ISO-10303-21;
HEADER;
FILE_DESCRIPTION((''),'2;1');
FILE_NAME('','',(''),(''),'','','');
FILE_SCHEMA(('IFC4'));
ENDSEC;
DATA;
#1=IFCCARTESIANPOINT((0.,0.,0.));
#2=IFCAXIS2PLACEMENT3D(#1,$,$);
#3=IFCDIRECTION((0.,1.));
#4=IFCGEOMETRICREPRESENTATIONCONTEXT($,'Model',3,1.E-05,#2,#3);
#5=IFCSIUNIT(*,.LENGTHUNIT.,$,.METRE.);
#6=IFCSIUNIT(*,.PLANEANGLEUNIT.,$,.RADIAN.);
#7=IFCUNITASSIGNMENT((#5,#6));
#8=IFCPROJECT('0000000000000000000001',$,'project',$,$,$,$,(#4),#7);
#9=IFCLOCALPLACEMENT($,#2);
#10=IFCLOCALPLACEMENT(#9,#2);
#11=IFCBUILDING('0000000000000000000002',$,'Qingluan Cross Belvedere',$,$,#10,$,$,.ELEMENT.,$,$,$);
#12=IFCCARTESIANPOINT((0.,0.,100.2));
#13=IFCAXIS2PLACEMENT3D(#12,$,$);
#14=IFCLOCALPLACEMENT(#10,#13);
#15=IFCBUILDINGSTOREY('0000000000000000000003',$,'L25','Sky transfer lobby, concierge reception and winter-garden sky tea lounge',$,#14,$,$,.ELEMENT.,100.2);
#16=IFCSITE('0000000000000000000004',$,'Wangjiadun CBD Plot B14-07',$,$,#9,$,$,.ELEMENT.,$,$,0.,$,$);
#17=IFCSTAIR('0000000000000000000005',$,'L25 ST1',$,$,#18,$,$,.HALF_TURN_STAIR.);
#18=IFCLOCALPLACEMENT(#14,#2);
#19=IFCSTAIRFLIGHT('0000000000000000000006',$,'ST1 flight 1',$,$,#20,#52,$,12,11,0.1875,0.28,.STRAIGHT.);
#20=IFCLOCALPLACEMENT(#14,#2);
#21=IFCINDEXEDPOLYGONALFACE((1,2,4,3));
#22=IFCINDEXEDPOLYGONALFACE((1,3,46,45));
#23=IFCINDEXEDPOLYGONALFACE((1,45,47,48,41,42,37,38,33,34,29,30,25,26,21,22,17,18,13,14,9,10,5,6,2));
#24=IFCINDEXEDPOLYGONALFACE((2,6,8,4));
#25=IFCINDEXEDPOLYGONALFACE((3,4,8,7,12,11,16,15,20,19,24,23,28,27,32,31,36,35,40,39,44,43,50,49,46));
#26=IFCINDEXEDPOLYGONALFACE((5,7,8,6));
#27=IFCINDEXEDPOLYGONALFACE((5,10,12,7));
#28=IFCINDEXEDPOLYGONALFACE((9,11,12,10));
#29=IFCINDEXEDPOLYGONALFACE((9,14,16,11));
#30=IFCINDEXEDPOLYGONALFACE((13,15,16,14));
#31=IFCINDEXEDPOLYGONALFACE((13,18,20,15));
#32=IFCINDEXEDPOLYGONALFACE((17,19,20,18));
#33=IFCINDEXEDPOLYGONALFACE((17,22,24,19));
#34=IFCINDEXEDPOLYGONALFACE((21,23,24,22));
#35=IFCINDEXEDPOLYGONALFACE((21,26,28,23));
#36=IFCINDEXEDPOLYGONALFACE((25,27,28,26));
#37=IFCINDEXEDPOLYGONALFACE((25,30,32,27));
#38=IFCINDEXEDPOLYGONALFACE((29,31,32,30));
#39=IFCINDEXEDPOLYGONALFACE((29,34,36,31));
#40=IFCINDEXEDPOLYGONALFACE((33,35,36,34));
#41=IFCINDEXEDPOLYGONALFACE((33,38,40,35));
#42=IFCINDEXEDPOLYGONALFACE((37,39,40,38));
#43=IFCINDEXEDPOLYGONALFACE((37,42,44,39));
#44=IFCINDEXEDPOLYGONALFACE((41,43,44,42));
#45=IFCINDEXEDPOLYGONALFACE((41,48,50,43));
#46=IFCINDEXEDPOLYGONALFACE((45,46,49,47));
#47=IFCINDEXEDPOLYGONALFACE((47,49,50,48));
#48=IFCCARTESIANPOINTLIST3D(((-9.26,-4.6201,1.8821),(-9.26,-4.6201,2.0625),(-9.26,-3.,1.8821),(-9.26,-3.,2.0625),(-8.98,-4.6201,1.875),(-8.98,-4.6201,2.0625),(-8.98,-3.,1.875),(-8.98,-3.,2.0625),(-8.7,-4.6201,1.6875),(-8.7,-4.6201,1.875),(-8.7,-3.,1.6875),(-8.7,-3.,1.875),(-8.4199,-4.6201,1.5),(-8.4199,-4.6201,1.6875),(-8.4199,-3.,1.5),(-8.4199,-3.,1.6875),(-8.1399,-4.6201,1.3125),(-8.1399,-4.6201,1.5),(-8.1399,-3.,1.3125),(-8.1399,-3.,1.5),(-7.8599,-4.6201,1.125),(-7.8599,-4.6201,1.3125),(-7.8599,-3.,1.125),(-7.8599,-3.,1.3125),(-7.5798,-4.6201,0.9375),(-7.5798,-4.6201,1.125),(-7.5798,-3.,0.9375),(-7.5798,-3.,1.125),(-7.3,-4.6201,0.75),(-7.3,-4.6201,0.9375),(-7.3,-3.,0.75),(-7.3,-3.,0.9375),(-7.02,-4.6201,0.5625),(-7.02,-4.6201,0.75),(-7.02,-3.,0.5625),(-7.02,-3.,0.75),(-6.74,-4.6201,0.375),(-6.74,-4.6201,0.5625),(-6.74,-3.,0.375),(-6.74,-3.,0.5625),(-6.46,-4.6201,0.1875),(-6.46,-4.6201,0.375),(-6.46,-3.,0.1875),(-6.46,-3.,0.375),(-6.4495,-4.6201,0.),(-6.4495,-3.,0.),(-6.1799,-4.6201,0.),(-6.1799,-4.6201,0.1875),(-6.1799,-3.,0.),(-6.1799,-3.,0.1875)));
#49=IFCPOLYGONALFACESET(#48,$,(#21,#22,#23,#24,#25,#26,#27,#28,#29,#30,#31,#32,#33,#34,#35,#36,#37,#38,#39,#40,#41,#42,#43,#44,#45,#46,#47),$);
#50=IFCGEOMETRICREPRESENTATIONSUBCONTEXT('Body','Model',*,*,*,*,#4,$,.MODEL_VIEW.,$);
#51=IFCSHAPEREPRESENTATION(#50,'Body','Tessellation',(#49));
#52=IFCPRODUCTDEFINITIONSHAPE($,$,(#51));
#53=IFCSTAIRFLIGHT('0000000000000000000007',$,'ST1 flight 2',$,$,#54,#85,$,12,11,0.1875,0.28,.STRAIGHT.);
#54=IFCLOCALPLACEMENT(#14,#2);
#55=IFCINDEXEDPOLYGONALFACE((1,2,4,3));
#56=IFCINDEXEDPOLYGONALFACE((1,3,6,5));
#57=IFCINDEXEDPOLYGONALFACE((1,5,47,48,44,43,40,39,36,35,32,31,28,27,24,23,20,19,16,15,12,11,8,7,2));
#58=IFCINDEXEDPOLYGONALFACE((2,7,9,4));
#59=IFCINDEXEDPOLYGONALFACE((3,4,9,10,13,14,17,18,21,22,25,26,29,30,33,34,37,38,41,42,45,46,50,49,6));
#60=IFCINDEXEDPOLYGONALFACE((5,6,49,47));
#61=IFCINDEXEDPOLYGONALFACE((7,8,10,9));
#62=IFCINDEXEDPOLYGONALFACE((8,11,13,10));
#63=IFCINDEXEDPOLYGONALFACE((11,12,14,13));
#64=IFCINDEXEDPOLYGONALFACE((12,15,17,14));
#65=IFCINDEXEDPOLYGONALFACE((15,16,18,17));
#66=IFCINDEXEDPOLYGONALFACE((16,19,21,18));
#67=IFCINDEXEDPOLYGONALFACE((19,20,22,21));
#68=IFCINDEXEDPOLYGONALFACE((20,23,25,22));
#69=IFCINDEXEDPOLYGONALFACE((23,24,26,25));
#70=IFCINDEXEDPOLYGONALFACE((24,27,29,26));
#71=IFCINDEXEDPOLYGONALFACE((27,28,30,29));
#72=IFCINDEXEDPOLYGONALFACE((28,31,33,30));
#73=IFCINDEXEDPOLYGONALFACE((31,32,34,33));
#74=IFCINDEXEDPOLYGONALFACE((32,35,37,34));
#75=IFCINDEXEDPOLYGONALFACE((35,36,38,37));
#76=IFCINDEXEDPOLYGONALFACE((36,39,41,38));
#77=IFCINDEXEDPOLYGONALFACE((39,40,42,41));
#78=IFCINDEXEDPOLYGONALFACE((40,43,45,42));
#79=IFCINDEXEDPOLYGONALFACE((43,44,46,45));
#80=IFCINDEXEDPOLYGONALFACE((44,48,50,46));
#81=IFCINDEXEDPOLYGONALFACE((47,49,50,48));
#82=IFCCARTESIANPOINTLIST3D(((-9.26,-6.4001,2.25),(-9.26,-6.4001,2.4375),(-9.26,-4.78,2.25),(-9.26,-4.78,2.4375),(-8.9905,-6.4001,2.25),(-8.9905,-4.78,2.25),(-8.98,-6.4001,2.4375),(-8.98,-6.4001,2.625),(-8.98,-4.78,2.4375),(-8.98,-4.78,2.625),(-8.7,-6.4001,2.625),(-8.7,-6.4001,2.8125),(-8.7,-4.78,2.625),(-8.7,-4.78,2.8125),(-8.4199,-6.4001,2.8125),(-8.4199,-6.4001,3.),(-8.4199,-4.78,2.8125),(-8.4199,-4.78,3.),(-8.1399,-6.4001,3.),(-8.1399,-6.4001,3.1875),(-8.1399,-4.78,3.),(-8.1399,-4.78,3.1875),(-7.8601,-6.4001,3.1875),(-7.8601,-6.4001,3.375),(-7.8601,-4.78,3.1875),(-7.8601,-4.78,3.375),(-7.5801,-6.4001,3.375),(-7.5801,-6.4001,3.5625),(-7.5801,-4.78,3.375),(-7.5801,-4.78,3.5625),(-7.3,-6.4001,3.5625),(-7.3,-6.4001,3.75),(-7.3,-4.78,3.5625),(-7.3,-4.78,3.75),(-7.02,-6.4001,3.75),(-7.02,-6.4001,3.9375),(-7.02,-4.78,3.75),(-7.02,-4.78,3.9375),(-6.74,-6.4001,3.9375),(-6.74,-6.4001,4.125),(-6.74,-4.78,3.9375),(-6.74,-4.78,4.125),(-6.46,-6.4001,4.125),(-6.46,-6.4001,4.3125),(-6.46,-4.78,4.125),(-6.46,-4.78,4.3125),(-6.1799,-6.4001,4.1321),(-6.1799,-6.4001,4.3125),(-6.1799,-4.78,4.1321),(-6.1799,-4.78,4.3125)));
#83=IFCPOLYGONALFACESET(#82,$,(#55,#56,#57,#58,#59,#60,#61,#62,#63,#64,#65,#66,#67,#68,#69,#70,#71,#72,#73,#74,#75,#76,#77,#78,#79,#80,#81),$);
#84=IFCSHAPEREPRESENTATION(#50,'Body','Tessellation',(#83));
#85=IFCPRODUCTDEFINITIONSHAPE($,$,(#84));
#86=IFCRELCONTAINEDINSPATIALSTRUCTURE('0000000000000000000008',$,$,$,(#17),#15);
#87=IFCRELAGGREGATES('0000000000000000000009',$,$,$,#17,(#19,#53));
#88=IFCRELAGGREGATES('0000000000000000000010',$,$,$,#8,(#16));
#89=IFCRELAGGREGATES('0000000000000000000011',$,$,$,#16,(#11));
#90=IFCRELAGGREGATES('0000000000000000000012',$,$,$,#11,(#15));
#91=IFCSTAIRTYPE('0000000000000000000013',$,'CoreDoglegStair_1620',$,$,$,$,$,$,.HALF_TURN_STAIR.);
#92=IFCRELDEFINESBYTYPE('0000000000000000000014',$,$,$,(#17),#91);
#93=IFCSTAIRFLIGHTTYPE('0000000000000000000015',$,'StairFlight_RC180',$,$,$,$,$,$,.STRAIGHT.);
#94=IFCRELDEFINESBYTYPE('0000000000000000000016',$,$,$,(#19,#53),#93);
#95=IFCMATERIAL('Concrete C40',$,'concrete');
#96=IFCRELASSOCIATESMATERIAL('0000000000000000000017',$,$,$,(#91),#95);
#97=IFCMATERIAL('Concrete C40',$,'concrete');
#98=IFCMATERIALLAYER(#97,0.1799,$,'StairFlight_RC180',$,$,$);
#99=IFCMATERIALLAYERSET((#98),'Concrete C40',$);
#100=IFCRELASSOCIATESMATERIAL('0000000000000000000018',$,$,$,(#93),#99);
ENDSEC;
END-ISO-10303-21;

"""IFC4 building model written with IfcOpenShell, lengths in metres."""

from ifc_helpers import new_model, si_unit, direction, frame, origin, place, context, subcontext, project, spatial, polyline, outline, extrude, material, layer, layer_set, type_object, element, aggregate, save


model = new_model("IFC4")

# Units and contexts
model_context = context("Model", 3, precision=1e-05, world=origin(), true_north=direction((0.0, 1.0)))
body_context = subcontext(model_context, "Body", "Model", "MODEL_VIEW")
ifc_project = project(units=[si_unit("LENGTHUNIT", "METRE"), si_unit("PLANEANGLEUNIT", "RADIAN")], contexts=[model_context])

# Site, building, storey
site_placement = place(None, origin())
site = spatial("IfcSite", under=ifc_project, at=site_placement, Name="Wangjiadun CBD Plot B14-07", CompositionType="ELEMENT", RefElevation=0.0)
building_placement = place(site_placement, origin())
building = spatial("IfcBuilding", under=site, at=building_placement, Name="Qingluan Cross Belvedere", CompositionType="ELEMENT")
storey_placement = place(building_placement, frame((0.0, 0.0, 100.2)))
storey = spatial("IfcBuildingStorey", under=building, at=storey_placement, Name="L25", Description="Sky transfer lobby, concierge reception and winter-garden sky tea lounge", CompositionType="ELEMENT", Elevation=100.2)

# Stair, stair flights
ifc_material_1 = material(Name="Concrete C40", Category="concrete")
stair_type = type_object("IfcStairType", Name="CoreDoglegStair_1620", PredefinedType="HALF_TURN_STAIR", material=ifc_material_1)
stair_placement = place(storey_placement, origin())
stair = element("IfcStair", 1, at=stair_placement, inside=storey, type_object=stair_type, Name="L25 ST1", PredefinedType="HALF_TURN_STAIR")
ifc_material_2 = material(Name="Concrete C40", Category="concrete")
ifc_layer_1 = layer(ifc_material_2, 0.1799, Name="StairFlight_RC180")
ifc_layer_set_1 = layer_set([ifc_layer_1], Name="Concrete C40")
stair_flight_type = type_object("IfcStairFlightType", Name="StairFlight_RC180", PredefinedType="STRAIGHT", material=ifc_layer_set_1)
stair_flight_1_placement = place(storey_placement, frame((-6.1799, -3.8101, 0.0), z_axis=(0.0, 0.0, 1.0), x_axis=(-1.0, 0.0, 0.0)))
stair_flight_1 = element("IfcStairFlight", 2, at=stair_flight_1_placement, type_object=stair_flight_type, Name="ST1 flight 1", NumberOfRisers=12, NumberOfTreads=11, PredefinedType="STRAIGHT", RiserHeight=0.1875, TreadLength=0.28, context=body_context, shape_type="SweptSolid", body=[
    extrude(outline(polyline([(0.0, 0.0), (0.0, 0.1875), (0.28, 0.1875), (0.28, 0.375), (0.5601, 0.375), (0.5601, 0.5625), (0.8401, 0.5625), (0.8401, 0.75), (1.1201, 0.75), (1.1201, 0.9375), (1.3999, 0.9375), (1.3999, 1.125), (1.6799, 1.125), (1.6799, 1.3125), (1.96, 1.3125), (1.96, 1.5), (2.24, 1.5), (2.24, 1.6875), (2.52, 1.6875), (2.52, 1.875), (2.8, 1.875), (2.8, 2.0625), (3.0801, 2.0625), (3.0801, 2.25), (3.0801, 1.8821), (0.2695, 0.0), (0.0, 0.0)])), frame((0.0, 0.8101, 0.0), z_axis=(0.0, -1.0, 0.0), x_axis=(1.0, 0.0, 0.0)), (0.0, 0.0, 1.0), 1.6201),
])
stair_flight_2_placement = place(storey_placement, frame((-9.26, -5.5901, 2.25), z_axis=(0.0, 0.0, 1.0), x_axis=(1.0, 0.0, 0.0)))
stair_flight_2 = element("IfcStairFlight", 3, at=stair_flight_2_placement, type_object=stair_flight_type, Name="ST1 flight 2", NumberOfRisers=12, NumberOfTreads=11, PredefinedType="STRAIGHT", RiserHeight=0.1875, TreadLength=0.28, context=body_context, shape_type="SweptSolid", body=[
    extrude(outline(polyline([(0.0, 0.0), (0.0, 0.1875), (0.28, 0.1875), (0.28, 0.375), (0.5601, 0.375), (0.5601, 0.5625), (0.8401, 0.5625), (0.8401, 0.75), (1.1201, 0.75), (1.1201, 0.9375), (1.3999, 0.9375), (1.3999, 1.125), (1.6799, 1.125), (1.6799, 1.3125), (1.96, 1.3125), (1.96, 1.5), (2.24, 1.5), (2.24, 1.6875), (2.52, 1.6875), (2.52, 1.875), (2.8, 1.875), (2.8, 2.0625), (3.0801, 2.0625), (3.0801, 2.25), (3.0801, 1.8821), (0.2695, 0.0), (0.0, 0.0)])), frame((0.0, 0.8101, 0.0), z_axis=(0.0, -1.0, 0.0), x_axis=(1.0, 0.0, 0.0)), (0.0, 0.0, 1.0), 1.6201),
])
aggregate(stair, [stair_flight_1, stair_flight_2])

save(model, "model.ifc")
